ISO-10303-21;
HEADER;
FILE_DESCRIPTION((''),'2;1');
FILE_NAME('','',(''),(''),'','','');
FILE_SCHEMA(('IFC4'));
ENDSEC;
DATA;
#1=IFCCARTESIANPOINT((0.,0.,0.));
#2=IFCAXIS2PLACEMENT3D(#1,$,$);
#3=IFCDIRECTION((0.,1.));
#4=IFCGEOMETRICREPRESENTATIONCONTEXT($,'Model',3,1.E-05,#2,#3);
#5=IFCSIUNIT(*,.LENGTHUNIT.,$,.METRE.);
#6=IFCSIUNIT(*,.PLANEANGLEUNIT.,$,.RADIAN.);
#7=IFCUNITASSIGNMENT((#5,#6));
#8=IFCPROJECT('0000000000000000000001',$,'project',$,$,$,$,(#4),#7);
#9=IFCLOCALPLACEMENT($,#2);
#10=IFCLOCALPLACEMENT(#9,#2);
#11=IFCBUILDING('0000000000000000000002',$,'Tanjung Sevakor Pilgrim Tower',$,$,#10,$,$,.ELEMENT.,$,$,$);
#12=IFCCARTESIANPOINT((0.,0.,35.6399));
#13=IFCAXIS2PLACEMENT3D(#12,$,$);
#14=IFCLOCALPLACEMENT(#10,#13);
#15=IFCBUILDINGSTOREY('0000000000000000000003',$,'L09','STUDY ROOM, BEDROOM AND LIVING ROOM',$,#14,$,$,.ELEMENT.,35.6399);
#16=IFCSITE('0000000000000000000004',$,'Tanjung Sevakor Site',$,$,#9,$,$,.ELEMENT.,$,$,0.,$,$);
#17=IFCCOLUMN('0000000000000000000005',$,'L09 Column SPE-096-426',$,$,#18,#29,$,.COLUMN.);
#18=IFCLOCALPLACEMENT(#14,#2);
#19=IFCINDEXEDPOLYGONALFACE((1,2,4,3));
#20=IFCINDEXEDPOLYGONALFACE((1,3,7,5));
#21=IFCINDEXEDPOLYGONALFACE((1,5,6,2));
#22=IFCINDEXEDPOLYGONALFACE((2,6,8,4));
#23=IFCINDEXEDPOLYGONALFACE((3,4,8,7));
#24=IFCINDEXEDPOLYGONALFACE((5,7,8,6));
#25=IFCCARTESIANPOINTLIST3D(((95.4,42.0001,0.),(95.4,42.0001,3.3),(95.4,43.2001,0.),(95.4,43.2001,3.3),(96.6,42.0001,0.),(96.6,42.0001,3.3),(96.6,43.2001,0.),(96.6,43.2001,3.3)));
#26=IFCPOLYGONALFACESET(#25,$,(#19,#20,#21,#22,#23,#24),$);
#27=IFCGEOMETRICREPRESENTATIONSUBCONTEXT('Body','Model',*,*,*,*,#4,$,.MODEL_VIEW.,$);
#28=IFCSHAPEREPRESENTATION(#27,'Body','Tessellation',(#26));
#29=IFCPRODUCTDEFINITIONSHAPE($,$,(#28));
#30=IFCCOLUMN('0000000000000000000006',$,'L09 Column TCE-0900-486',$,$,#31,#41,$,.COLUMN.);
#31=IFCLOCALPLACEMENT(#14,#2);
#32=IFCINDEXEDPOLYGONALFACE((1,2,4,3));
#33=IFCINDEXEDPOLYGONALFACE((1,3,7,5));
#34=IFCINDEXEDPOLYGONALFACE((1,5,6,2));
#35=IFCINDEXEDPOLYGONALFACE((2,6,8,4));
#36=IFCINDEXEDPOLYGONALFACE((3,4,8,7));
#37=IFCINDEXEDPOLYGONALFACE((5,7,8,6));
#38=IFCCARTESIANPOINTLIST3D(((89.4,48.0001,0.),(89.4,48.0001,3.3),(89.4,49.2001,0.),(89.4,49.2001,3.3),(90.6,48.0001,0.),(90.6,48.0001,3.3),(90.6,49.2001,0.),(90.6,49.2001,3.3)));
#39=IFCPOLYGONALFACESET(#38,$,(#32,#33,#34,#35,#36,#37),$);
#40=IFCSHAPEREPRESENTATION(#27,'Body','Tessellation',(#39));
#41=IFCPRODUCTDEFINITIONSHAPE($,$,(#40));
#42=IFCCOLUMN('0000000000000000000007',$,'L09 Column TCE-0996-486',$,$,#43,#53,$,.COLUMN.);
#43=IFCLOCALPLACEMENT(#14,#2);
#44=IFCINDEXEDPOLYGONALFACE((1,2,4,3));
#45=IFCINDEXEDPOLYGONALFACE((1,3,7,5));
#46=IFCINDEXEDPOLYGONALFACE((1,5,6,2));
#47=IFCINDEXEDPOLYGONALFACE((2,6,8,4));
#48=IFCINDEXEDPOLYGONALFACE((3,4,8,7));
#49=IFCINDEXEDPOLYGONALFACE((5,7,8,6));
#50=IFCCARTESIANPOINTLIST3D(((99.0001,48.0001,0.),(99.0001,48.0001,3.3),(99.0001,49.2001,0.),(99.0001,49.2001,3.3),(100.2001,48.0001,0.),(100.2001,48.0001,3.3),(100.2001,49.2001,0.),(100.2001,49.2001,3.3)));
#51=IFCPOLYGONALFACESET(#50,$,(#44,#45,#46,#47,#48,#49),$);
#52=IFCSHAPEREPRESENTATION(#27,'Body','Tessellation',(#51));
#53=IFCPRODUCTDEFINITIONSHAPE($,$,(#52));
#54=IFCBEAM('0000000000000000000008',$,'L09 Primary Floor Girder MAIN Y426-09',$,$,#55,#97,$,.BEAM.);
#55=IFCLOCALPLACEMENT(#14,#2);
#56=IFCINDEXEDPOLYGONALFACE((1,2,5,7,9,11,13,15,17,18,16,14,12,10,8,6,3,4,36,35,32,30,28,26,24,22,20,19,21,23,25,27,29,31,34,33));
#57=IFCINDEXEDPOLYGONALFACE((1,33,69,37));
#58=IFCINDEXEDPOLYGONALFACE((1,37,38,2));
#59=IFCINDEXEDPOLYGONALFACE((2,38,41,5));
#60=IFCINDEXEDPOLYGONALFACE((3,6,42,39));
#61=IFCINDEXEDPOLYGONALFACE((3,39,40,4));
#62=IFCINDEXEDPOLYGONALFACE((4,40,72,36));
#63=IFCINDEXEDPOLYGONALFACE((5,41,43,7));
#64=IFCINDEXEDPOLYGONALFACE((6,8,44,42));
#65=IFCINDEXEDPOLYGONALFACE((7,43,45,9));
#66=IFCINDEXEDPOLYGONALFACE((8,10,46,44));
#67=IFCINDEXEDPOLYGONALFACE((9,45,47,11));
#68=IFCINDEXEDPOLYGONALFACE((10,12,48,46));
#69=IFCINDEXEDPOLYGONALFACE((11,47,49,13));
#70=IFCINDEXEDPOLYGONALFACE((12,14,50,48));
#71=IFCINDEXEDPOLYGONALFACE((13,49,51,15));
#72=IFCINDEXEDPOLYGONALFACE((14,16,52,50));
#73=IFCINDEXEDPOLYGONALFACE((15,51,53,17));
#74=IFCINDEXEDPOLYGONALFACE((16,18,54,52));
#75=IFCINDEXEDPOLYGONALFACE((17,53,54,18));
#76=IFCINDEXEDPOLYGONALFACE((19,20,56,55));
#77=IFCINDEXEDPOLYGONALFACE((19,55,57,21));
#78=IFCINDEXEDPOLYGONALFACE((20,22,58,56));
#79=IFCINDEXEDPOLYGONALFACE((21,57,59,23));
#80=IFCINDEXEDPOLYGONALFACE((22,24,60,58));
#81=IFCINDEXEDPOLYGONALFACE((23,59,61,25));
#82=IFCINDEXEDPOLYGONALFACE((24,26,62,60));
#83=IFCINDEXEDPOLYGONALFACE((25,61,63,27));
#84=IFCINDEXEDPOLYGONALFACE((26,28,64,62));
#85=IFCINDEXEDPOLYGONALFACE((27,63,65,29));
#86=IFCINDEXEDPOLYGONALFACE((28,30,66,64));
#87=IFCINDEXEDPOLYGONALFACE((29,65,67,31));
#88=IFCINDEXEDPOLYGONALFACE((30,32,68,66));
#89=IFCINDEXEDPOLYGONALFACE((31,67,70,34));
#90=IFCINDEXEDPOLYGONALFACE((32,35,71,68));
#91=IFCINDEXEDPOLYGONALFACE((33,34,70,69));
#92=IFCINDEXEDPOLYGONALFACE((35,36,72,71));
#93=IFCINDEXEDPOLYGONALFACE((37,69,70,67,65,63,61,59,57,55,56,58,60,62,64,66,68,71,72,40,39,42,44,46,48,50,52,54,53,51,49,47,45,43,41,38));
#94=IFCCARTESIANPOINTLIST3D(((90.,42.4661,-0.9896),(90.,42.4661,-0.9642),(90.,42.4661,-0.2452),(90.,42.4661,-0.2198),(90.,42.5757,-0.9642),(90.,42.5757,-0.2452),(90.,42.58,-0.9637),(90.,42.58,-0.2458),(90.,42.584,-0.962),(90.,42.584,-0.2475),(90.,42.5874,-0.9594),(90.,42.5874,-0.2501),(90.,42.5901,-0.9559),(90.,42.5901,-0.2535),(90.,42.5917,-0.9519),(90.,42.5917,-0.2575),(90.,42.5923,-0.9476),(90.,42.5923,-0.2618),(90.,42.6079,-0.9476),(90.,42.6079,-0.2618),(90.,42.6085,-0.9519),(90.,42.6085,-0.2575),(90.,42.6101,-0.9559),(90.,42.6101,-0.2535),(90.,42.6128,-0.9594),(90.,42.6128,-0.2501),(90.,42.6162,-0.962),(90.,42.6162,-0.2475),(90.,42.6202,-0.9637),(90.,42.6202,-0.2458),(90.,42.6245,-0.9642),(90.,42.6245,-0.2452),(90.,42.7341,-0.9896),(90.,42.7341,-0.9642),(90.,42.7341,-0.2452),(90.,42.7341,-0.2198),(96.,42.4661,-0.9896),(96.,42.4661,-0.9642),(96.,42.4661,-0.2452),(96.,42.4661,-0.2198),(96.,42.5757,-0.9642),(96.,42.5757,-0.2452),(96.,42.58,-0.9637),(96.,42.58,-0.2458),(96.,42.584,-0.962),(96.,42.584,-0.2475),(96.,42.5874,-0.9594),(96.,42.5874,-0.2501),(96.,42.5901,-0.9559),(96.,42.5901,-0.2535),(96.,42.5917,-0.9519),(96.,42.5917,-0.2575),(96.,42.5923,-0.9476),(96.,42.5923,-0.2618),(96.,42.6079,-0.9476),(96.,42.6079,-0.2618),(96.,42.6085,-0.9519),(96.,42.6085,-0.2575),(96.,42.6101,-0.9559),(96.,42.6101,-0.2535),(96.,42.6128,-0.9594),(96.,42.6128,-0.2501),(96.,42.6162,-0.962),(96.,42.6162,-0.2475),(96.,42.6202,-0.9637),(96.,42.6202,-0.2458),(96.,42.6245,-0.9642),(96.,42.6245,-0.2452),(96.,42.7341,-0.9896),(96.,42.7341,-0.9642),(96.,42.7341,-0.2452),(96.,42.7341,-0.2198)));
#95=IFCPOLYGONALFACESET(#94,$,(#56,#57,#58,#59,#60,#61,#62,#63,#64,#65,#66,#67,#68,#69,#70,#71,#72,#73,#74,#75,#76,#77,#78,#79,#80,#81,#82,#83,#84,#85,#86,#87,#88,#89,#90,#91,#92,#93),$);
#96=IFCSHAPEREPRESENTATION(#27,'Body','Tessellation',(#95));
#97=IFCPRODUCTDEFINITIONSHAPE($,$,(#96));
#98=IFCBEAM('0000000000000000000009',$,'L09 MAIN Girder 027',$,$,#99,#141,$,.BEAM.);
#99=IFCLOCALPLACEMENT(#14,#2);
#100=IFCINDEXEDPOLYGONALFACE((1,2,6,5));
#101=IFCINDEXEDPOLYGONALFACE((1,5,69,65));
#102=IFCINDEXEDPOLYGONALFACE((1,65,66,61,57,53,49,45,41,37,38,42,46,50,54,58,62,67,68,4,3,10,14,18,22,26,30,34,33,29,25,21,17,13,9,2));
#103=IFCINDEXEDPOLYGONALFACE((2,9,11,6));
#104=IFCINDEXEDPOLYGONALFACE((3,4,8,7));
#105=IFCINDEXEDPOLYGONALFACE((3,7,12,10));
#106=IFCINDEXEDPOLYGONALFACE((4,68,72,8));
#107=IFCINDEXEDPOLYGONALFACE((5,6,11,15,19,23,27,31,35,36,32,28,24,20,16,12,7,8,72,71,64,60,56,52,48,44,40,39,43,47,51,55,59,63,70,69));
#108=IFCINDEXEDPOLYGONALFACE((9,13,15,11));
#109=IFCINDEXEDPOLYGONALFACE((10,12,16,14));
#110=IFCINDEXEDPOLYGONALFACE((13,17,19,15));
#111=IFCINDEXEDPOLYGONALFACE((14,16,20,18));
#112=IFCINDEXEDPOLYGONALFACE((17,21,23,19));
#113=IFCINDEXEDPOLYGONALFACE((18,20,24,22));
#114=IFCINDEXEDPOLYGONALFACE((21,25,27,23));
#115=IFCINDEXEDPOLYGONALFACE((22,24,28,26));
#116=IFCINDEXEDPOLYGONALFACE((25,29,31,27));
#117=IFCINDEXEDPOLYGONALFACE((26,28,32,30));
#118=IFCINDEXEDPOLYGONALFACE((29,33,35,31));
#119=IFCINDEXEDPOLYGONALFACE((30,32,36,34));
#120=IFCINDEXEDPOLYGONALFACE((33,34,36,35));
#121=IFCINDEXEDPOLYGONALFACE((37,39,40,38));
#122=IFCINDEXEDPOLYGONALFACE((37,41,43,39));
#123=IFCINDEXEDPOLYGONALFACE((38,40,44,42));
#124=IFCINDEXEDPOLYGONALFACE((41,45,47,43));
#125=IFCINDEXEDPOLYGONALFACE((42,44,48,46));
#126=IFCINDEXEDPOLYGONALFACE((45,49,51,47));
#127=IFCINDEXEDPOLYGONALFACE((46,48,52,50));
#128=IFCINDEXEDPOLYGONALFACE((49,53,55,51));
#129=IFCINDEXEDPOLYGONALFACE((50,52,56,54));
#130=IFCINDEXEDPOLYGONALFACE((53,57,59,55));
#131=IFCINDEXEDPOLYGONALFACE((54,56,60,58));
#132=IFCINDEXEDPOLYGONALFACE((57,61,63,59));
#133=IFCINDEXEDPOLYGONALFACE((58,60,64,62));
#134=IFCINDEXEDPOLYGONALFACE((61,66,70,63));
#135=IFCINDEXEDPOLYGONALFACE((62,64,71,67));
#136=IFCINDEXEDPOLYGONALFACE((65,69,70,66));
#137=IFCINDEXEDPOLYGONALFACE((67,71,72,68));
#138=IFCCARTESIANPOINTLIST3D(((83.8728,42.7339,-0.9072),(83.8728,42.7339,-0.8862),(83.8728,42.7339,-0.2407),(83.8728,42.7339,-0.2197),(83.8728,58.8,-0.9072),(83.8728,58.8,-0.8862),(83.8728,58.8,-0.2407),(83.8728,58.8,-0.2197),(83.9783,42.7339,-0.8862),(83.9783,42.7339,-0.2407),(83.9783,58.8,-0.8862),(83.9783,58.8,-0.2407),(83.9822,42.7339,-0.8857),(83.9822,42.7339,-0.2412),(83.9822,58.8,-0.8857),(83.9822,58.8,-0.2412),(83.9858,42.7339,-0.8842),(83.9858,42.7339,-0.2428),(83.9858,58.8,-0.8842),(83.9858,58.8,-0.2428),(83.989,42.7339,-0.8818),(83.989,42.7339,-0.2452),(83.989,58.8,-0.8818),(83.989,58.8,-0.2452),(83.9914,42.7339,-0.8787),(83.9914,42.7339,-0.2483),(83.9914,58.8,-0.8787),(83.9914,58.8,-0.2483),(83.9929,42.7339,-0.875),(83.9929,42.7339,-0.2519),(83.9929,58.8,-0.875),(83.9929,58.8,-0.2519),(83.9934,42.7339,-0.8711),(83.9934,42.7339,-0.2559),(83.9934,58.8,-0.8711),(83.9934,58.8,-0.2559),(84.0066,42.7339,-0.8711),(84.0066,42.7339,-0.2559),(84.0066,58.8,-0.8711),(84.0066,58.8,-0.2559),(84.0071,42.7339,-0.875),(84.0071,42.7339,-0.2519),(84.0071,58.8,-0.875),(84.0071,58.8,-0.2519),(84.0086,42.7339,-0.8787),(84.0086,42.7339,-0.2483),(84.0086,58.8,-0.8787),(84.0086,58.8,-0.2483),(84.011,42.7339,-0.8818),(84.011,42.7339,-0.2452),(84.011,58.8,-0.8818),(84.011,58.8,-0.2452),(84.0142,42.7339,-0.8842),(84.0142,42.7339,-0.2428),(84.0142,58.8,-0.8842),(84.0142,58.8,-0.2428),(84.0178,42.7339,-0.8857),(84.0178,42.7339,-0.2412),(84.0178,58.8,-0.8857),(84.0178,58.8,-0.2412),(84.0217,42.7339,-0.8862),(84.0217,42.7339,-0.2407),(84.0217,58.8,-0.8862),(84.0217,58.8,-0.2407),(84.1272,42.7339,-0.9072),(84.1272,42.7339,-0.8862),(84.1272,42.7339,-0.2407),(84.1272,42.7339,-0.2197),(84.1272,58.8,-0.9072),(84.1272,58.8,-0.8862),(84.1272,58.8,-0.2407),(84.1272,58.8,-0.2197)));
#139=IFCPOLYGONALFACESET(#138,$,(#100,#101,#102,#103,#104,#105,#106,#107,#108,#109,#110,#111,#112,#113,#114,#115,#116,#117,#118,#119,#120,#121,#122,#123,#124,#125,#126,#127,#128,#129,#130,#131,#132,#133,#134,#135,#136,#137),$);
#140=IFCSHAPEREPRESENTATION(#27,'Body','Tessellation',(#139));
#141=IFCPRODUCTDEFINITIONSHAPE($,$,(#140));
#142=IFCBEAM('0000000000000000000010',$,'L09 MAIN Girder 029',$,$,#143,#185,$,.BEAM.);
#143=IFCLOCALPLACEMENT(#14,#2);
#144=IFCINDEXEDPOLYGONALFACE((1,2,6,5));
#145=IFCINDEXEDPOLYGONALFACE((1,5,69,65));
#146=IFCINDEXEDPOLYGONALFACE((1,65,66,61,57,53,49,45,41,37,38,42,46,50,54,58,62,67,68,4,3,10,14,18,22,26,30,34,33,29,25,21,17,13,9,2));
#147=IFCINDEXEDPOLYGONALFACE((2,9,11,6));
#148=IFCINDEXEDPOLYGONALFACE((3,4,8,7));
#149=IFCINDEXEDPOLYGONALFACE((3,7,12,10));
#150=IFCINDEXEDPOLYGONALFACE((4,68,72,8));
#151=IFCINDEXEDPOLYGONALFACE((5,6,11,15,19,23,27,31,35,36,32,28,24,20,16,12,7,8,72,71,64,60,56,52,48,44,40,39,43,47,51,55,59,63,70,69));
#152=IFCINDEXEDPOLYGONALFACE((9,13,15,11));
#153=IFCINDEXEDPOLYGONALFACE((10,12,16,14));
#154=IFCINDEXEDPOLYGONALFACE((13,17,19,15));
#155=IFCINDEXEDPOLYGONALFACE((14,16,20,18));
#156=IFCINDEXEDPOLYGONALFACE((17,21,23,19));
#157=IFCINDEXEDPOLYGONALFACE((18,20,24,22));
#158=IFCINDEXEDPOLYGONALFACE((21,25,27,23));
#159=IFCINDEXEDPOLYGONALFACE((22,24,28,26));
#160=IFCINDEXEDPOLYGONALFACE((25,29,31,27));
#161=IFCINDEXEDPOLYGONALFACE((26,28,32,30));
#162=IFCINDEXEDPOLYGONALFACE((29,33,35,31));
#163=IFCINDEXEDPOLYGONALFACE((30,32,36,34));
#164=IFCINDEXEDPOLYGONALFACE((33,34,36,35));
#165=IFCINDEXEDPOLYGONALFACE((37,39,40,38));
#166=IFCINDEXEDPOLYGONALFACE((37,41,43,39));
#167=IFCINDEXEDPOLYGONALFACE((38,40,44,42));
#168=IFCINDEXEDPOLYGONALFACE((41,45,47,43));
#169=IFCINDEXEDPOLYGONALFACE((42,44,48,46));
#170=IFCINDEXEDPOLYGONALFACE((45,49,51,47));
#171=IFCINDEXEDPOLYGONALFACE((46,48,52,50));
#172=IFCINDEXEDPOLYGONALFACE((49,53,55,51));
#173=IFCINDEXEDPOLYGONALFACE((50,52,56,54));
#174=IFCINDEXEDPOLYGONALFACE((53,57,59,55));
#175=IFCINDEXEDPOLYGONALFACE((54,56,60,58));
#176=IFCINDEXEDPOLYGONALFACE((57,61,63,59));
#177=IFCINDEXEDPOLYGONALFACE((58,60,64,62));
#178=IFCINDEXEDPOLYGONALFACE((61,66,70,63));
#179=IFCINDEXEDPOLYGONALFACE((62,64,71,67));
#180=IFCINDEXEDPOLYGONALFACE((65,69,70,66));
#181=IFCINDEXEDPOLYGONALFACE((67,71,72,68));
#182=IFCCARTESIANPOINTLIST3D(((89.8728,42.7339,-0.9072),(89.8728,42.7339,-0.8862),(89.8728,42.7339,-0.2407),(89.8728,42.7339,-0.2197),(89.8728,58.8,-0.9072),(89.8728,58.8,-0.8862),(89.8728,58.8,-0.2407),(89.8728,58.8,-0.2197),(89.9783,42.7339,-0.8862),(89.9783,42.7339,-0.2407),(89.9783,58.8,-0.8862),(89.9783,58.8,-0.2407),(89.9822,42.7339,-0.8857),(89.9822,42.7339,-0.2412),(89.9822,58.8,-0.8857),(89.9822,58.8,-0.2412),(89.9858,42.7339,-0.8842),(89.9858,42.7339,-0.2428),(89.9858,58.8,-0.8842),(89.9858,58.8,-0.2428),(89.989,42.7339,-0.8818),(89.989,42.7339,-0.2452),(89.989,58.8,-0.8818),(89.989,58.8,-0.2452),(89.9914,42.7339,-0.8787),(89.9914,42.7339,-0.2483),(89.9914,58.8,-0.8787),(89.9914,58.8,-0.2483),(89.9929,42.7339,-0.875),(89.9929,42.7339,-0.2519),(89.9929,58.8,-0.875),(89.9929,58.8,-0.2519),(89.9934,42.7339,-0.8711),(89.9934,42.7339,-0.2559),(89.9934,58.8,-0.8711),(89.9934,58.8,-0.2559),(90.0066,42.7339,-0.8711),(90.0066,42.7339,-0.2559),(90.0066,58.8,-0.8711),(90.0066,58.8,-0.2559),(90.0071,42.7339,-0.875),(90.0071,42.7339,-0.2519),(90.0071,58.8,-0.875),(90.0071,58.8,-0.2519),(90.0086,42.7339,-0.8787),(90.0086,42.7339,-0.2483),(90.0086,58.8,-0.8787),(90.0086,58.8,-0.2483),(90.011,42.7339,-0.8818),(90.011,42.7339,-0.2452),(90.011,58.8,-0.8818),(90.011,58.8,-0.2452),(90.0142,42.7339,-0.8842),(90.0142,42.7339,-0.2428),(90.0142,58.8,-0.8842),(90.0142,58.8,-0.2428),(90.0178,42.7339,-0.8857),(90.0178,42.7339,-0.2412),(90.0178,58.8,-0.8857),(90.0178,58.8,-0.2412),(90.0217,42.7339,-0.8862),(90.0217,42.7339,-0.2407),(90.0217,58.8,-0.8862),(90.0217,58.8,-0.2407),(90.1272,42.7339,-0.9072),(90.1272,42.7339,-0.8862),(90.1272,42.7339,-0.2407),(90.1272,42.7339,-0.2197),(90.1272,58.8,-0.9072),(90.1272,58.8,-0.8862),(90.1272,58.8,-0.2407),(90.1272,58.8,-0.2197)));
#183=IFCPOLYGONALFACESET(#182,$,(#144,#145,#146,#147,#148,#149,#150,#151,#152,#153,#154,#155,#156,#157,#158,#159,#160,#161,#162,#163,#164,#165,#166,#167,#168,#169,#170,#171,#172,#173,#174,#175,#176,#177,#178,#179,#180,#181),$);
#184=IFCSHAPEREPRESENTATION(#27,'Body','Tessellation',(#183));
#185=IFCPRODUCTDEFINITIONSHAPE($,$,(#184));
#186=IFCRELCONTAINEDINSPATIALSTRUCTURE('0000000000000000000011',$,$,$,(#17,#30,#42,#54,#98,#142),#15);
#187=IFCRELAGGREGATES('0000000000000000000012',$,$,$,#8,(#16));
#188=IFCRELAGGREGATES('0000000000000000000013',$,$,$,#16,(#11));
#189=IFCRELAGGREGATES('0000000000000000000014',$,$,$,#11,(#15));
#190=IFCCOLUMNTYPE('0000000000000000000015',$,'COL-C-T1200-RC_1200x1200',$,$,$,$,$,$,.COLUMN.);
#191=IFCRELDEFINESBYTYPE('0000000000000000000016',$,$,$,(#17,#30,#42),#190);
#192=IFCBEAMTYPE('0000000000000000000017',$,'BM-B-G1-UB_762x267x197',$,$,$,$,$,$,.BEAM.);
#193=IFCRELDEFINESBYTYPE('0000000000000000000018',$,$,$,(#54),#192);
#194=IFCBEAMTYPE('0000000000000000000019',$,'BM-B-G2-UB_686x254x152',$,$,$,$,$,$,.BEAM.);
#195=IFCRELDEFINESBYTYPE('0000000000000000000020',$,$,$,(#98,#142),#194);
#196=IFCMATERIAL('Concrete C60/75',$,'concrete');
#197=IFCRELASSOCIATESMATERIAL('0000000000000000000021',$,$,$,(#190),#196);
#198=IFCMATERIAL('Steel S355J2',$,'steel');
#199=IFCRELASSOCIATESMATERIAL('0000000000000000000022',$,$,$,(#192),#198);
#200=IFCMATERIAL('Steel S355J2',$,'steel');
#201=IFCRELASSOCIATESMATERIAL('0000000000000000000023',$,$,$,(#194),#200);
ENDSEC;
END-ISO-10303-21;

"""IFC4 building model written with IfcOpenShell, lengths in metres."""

from ifc_helpers import new_model, si_unit, direction, frame, origin, origin_2d, place, context, subcontext, project, spatial, rectangle, i_section, extrude, material, material_profile, profile_set, type_object, element, save


model = new_model("IFC4")

# Units and contexts
model_context = context("Model", 3, precision=1e-05, world=origin(), true_north=direction((0.0, 1.0)))
body_context = subcontext(model_context, "Body", "Model", "MODEL_VIEW")
ifc_project = project(units=[si_unit("LENGTHUNIT", "METRE"), si_unit("PLANEANGLEUNIT", "RADIAN")], contexts=[model_context])

# Site, building, storey
site_placement = place(None, origin())
site = spatial("IfcSite", under=ifc_project, at=site_placement, Name="Tanjung Sevakor Site", CompositionType="ELEMENT", RefElevation=0.0)
building_placement = place(site_placement, origin())
building = spatial("IfcBuilding", under=site, at=building_placement, Name="Tanjung Sevakor Pilgrim Tower", CompositionType="ELEMENT")
storey_placement = place(building_placement, frame((0.0, 0.0, 35.6399)))
storey = spatial("IfcBuildingStorey", under=building, at=storey_placement, Name="L09", Description="STUDY ROOM, BEDROOM AND LIVING ROOM", CompositionType="ELEMENT", Elevation=35.6399)

# Columns
ifc_material_1 = material(Name="Concrete C60/75", Category="concrete")
ifc_material_profile_1 = material_profile(ifc_material_1, rectangle(XDim=1.2, YDim=1.2, at=origin_2d()))
ifc_profile_set_1 = profile_set([ifc_material_profile_1], Name="Concrete C60/75")
column_type = type_object("IfcColumnType", Name="COL-C-T1200-RC_1200x1200", PredefinedType="COLUMN", material=ifc_profile_set_1)
for number, where, z_axis, x_axis, name in (
    (1, (96.0, 42.6001, 0.0), (0.0, 0.0, 1.0), (1.0, 0.0, 0.0), "L09 Column SPE-096-426"),
    (2, (90.0, 48.6001, 0.0), (0.0, 0.0, 1.0), (1.0, 0.0, 0.0), "L09 Column TCE-0900-486"),
    (3, (99.6001, 48.6001, 0.0), (0.0, 0.0, 1.0), (1.0, 0.0, 0.0), "L09 Column TCE-0996-486"),
):
    element("IfcColumn", number, at=place(storey_placement, frame(where, z_axis=z_axis, x_axis=x_axis)), inside=storey, type_object=column_type, Name=name, PredefinedType="COLUMN", context=body_context, shape_type="SweptSolid", body=[
        extrude(rectangle(XDim=1.2, YDim=1.2, at=origin_2d()), origin(), (0.0, 0.0, 1.0), 3.3),
    ])

# Beams
ifc_material_2 = material(Name="Steel S355J2", Category="steel")
ifc_material_profile_2 = material_profile(ifc_material_2, i_section(OverallWidth=0.2681, OverallDepth=0.7698, WebThickness=0.0156, FlangeThickness=0.0254, FilletRadius=0.0166, at=origin_2d()))
ifc_profile_set_2 = profile_set([ifc_material_profile_2], Name="Steel S355J2")
beam_type_1 = type_object("IfcBeamType", Name="BM-B-G1-UB_762x267x197", PredefinedType="BEAM", material=ifc_profile_set_2)
beam_1_placement = place(storey_placement, frame((90.0, 42.6001, -0.6047), z_axis=(1.0, 0.0, 0.0), x_axis=(0.0, 1.0, 0.0)))
element("IfcBeam", 4, at=beam_1_placement, inside=storey, type_object=beam_type_1, Name="L09 Primary Floor Girder MAIN Y426-09", PredefinedType="BEAM", context=body_context, shape_type="SweptSolid", body=[
    extrude(i_section(OverallWidth=0.2681, OverallDepth=0.7698, WebThickness=0.0156, FlangeThickness=0.0254, FilletRadius=0.0166, at=origin_2d()), origin(), (0.0, 0.0, 1.0), 6.0),
])
ifc_material_3 = material(Name="Steel S355J2", Category="steel")
ifc_material_profile_3 = material_profile(ifc_material_3, i_section(OverallWidth=0.2544, OverallDepth=0.6875, WebThickness=0.0132, FlangeThickness=0.021, FilletRadius=0.0151, at=origin_2d()))
ifc_profile_set_3 = profile_set([ifc_material_profile_3], Name="Steel S355J2")
beam_type_2 = type_object("IfcBeamType", Name="BM-B-G2-UB_686x254x152", PredefinedType="BEAM", material=ifc_profile_set_3)
for number, where, z_axis, x_axis, name in (
    (5, (84.0, 42.7339, -0.5635), (0.0, 1.0, 0.0), (-1.0, 0.0, 0.0), "L09 MAIN Girder 027"),
    (6, (90.0, 42.7339, -0.5635), (0.0, 1.0, 0.0), (-1.0, 0.0, 0.0), "L09 MAIN Girder 029"),
):
    element("IfcBeam", number, at=place(storey_placement, frame(where, z_axis=z_axis, x_axis=x_axis)), inside=storey, type_object=beam_type_2, Name=name, PredefinedType="BEAM", context=body_context, shape_type="SweptSolid", body=[
        extrude(i_section(OverallWidth=0.2544, OverallDepth=0.6875, WebThickness=0.0132, FlangeThickness=0.021, FilletRadius=0.0151, at=origin_2d()), origin(), (0.0, 0.0, 1.0), 16.0662),
    ])

save(model, "model.ifc")
